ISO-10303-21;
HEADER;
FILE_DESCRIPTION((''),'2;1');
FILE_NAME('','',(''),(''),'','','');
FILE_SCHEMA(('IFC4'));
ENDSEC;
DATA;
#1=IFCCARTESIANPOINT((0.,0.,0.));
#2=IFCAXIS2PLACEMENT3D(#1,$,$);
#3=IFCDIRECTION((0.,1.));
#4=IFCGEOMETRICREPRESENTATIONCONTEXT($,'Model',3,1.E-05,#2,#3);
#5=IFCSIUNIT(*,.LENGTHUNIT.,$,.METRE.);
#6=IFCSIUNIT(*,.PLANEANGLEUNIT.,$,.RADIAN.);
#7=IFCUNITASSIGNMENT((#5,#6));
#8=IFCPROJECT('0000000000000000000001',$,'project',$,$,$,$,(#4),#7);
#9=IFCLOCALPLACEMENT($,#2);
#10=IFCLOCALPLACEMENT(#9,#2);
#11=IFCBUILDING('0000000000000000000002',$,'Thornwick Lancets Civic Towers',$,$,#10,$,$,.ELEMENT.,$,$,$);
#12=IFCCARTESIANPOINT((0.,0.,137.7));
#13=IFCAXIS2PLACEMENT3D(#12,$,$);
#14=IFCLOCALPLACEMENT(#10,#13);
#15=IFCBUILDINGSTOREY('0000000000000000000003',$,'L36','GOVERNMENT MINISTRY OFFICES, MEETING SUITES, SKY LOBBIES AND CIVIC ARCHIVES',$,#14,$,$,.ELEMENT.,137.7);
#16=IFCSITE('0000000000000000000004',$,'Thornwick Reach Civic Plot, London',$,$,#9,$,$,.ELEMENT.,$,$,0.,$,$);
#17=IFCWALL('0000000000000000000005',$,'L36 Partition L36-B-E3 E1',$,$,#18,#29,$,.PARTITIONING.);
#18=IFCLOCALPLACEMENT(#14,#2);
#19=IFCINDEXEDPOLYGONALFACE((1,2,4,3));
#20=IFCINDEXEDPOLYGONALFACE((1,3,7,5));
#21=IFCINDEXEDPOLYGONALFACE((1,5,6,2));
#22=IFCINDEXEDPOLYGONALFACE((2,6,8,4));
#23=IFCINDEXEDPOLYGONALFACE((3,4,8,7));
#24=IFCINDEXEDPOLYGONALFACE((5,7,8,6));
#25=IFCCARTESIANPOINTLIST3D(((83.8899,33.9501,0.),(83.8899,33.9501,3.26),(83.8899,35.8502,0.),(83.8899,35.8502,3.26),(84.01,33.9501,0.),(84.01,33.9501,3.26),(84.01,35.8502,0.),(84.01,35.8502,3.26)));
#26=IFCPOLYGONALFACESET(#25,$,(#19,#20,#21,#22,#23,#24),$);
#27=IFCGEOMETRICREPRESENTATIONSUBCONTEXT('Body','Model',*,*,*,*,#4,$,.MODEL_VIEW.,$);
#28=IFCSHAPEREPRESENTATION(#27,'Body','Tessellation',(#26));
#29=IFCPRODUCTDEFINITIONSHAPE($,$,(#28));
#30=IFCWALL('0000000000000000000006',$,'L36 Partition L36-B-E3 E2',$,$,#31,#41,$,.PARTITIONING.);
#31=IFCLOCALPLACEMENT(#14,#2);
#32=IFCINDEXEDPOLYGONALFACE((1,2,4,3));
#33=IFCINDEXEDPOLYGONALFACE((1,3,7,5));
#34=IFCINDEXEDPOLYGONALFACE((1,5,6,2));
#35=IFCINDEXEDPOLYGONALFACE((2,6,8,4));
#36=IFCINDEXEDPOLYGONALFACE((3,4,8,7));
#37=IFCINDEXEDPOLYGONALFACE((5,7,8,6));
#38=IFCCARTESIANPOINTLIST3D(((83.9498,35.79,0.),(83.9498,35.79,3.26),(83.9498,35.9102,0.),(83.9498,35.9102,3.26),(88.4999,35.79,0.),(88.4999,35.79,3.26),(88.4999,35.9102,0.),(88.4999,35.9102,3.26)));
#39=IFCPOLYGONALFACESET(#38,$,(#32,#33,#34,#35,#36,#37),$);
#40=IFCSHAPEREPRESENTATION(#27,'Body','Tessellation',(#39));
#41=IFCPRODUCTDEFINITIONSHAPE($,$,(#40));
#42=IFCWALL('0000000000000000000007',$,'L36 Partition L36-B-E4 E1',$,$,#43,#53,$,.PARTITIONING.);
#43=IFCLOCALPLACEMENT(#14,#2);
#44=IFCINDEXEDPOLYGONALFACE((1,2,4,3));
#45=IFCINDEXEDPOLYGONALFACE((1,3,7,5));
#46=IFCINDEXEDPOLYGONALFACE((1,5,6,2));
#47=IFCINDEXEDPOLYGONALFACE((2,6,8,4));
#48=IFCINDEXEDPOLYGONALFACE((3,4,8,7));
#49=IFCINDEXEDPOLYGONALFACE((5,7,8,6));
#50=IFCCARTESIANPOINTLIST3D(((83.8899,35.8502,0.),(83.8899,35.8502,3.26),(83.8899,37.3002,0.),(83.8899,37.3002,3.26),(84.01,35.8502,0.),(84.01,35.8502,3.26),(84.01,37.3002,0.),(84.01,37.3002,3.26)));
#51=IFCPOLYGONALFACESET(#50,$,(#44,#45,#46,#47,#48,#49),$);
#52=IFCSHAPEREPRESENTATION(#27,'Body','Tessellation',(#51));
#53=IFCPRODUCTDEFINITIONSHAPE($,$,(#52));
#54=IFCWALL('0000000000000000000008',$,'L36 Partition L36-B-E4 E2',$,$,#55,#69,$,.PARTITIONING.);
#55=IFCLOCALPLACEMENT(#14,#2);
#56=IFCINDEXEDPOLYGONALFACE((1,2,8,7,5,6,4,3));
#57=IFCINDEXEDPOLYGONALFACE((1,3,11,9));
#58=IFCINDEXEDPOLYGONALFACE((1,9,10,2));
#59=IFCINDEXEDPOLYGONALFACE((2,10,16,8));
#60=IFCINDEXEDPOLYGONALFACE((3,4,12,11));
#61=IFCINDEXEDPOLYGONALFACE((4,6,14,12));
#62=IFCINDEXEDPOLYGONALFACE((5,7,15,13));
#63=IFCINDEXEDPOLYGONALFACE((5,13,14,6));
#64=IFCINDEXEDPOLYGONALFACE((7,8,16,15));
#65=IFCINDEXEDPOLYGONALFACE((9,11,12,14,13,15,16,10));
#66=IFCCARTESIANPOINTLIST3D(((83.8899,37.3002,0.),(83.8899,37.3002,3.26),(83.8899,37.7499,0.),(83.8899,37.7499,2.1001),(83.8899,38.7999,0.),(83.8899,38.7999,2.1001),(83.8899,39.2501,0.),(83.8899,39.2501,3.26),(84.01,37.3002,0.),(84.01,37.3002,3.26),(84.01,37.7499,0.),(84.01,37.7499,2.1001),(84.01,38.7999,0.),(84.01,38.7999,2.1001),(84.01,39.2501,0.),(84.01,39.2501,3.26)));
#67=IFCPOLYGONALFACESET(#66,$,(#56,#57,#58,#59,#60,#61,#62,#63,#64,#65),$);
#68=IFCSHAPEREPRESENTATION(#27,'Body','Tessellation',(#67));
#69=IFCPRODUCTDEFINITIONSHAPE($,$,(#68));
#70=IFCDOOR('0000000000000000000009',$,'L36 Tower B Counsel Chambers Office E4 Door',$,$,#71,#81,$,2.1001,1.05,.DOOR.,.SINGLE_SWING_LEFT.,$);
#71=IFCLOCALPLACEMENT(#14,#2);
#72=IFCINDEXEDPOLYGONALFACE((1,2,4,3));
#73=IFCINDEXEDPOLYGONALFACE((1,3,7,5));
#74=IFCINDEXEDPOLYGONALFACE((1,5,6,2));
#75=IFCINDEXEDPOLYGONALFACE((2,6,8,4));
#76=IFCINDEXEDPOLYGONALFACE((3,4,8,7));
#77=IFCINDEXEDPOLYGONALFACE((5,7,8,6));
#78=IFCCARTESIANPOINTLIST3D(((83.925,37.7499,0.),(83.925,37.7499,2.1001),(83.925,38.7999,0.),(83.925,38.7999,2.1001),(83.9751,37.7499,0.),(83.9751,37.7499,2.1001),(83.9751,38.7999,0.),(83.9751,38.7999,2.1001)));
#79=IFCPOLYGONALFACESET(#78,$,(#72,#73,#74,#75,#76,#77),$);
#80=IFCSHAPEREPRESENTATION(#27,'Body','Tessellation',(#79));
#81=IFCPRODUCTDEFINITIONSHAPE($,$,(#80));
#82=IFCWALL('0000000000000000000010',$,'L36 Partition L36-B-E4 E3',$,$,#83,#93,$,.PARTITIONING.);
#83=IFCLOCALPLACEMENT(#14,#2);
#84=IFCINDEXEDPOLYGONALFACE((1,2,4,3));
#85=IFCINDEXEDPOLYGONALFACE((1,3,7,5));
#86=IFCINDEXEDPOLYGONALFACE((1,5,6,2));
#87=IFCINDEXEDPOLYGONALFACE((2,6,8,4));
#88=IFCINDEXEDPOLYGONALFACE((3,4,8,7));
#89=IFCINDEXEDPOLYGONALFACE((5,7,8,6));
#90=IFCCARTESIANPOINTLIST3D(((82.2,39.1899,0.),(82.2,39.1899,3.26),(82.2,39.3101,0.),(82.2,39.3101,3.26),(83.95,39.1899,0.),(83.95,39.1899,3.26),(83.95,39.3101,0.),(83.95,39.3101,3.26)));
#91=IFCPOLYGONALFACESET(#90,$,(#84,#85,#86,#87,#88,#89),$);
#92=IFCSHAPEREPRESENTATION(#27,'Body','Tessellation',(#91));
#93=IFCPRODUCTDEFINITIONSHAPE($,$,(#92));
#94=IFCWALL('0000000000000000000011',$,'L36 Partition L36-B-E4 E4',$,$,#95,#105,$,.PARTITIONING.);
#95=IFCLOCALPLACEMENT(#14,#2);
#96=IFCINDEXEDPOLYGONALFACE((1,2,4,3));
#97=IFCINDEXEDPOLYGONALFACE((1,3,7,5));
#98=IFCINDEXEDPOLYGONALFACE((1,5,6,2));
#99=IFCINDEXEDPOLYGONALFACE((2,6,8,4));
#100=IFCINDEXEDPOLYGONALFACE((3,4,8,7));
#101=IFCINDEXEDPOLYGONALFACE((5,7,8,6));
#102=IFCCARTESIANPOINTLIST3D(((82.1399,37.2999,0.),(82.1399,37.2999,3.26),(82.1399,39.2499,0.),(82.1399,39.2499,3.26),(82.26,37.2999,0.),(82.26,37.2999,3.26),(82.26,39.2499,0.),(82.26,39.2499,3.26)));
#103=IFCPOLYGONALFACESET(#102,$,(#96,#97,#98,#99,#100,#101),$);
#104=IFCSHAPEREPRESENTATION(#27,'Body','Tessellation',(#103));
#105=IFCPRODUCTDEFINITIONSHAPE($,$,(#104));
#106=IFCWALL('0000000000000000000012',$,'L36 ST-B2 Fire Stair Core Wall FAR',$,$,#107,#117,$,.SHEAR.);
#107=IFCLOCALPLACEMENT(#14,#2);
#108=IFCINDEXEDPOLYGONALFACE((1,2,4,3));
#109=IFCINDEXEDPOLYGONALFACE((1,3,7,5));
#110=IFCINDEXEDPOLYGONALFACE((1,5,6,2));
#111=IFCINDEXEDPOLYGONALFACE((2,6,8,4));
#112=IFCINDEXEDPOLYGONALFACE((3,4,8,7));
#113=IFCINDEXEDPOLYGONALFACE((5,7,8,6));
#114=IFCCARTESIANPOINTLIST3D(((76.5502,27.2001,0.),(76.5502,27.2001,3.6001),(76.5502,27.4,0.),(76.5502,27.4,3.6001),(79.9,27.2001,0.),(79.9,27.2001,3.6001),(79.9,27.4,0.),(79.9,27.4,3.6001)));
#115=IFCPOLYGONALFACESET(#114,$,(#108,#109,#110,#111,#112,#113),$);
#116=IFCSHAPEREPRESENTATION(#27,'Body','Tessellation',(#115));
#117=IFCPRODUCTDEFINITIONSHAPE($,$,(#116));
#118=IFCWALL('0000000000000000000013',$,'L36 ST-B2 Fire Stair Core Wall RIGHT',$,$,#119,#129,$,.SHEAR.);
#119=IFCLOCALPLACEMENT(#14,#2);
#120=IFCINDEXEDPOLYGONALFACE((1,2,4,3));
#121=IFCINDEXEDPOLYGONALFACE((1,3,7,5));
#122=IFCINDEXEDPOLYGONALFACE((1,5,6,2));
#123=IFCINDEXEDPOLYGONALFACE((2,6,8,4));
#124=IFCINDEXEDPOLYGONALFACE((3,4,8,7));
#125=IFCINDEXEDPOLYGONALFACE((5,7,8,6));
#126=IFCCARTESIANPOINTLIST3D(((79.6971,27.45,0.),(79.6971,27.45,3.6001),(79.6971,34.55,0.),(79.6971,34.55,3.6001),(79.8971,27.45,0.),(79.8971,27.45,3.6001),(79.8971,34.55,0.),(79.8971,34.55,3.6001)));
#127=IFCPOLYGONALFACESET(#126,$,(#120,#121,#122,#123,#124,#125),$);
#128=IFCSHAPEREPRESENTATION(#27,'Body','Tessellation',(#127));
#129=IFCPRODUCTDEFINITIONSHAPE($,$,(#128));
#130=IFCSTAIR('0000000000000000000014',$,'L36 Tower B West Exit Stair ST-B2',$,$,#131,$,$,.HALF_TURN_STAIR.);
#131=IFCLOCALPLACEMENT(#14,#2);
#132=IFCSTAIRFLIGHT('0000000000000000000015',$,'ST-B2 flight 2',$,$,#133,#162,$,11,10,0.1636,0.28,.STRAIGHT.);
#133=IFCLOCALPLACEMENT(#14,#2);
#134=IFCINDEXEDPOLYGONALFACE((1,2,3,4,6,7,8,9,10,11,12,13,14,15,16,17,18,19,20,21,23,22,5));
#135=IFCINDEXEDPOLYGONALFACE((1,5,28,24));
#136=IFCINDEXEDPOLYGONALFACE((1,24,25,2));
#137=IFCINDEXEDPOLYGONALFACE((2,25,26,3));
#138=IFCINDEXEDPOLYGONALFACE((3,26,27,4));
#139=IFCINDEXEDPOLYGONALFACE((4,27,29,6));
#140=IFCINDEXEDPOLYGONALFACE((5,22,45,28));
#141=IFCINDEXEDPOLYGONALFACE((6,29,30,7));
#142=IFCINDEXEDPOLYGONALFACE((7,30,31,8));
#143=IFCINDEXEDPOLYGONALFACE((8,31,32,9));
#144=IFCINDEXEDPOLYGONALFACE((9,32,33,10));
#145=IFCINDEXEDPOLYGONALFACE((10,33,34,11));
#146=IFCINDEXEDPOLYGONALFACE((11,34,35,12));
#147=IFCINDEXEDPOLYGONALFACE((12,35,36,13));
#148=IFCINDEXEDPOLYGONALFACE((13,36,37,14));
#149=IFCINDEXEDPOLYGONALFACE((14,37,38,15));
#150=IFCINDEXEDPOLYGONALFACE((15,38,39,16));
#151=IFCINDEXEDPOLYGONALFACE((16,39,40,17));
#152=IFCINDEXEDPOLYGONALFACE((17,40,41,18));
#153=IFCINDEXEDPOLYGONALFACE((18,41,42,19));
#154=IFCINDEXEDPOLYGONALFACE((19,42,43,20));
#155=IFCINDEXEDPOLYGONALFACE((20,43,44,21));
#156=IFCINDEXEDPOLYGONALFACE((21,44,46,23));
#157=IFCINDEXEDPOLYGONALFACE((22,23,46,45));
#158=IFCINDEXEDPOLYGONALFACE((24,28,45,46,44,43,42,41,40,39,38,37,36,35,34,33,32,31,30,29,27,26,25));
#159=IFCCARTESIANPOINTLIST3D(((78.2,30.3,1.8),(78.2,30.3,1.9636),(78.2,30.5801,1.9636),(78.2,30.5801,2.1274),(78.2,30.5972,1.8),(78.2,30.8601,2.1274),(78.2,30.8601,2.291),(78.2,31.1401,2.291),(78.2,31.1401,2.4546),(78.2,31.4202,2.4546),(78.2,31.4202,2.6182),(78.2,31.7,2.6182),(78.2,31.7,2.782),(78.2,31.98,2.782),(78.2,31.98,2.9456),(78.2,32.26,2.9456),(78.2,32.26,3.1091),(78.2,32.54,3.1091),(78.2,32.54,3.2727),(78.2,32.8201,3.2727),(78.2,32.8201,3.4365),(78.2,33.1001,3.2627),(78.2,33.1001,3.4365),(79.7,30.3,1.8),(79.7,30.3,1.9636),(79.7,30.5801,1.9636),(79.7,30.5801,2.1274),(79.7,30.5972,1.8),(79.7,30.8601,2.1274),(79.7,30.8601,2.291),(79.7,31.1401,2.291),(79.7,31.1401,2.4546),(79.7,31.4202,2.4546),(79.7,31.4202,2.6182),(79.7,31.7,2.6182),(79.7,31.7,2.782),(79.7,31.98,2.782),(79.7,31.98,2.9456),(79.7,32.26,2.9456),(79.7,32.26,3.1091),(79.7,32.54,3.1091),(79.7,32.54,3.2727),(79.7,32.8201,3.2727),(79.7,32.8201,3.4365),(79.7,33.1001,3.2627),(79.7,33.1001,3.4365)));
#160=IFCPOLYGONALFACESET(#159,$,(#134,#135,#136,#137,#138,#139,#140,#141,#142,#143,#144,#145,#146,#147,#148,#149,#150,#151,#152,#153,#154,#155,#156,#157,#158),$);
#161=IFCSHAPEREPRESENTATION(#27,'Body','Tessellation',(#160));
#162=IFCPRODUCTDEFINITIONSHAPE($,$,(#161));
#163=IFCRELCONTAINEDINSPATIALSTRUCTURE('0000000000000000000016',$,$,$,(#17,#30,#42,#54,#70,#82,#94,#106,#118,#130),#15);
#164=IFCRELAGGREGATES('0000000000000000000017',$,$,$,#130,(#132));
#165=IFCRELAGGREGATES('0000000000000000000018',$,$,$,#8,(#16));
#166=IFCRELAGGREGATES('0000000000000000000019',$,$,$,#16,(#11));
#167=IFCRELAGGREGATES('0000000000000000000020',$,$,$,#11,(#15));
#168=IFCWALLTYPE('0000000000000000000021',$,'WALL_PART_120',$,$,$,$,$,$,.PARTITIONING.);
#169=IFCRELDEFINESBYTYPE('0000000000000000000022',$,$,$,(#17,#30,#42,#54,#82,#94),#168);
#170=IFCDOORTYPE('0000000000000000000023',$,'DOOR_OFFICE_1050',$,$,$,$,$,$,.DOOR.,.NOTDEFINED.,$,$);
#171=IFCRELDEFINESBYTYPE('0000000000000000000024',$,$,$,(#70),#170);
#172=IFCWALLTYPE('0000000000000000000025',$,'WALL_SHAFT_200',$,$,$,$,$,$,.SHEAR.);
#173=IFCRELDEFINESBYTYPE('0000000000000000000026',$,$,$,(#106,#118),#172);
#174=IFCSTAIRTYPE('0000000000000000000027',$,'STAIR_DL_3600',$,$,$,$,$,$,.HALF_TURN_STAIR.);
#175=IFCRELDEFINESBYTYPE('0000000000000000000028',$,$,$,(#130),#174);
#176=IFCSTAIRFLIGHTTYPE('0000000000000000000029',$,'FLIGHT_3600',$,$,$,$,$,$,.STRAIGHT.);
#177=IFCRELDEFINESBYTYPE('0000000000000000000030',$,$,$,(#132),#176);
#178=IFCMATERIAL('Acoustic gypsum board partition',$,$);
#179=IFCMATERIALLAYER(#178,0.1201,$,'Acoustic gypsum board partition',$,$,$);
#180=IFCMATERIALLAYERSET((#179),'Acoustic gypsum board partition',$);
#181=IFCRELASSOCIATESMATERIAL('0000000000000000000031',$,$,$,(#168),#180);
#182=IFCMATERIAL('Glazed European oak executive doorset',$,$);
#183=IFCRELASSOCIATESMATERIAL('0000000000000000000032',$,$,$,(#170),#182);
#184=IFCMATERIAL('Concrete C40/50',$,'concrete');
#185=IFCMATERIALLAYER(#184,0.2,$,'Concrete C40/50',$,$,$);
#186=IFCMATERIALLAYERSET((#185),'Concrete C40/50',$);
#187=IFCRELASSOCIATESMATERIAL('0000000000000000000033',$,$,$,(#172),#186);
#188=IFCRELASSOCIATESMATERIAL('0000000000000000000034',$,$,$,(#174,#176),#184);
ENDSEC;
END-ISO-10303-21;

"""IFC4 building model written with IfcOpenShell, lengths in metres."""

from ifc_helpers import new_model, si_unit, direction, frame, frame_2d, origin, place, context, subcontext, project, spatial, polyline, rectangle, outline, extrude, material, layer, layer_set, type_object, element, fill, aggregate, save


model = new_model("IFC4")

# Units and contexts
model_context = context("Model", 3, precision=1e-05, world=origin(), true_north=direction((0.0, 1.0)))
body_context = subcontext(model_context, "Body", "Model", "MODEL_VIEW")
ifc_project = project(units=[si_unit("LENGTHUNIT", "METRE"), si_unit("PLANEANGLEUNIT", "RADIAN")], contexts=[model_context])

# Site, building, storey
site_placement = place(None, origin())
site = spatial("IfcSite", under=ifc_project, at=site_placement, Name="Thornwick Reach Civic Plot, London", CompositionType="ELEMENT", RefElevation=0.0)
building_placement = place(site_placement, origin())
building = spatial("IfcBuilding", under=site, at=building_placement, Name="Thornwick Lancets Civic Towers", CompositionType="ELEMENT")
storey_placement = place(building_placement, frame((0.0, 0.0, 137.7)))
storey = spatial("IfcBuildingStorey", under=building, at=storey_placement, Name="L36", Description="GOVERNMENT MINISTRY OFFICES, MEETING SUITES, SKY LOBBIES AND CIVIC ARCHIVES", CompositionType="ELEMENT", Elevation=137.7)

# Walls
ifc_material_1 = material(Name="Acoustic gypsum board partition")
ifc_layer_1 = layer(ifc_material_1, 0.1201, Name="Acoustic gypsum board partition")
ifc_layer_set_1 = layer_set([ifc_layer_1], Name="Acoustic gypsum board partition")
wall_type_1 = type_object("IfcWallType", Name="WALL_PART_120", PredefinedType="PARTITIONING", material=ifc_layer_set_1)
wall_1_placement = place(storey_placement, frame((83.95, 33.95, 0.0), z_axis=(0.0, 0.0, 1.0), x_axis=(0.0, 1.0, 0.0)))
element("IfcWall", 1, at=wall_1_placement, inside=storey, type_object=wall_type_1, Name="L36 Partition L36-B-E3 E1", PredefinedType="PARTITIONING", context=body_context, shape_type="SweptSolid", body=[
    extrude(rectangle(XDim=1.9001, YDim=0.1201, at=frame_2d((0.9502, 0.0))), origin(), (0.0, 0.0, 1.0), 3.26),
])
wall_2_placement = place(storey_placement, frame((83.95, 35.8501, 0.0), z_axis=(0.0, 0.0, 1.0), x_axis=(1.0, 0.0, 0.0)))
element("IfcWall", 2, at=wall_2_placement, inside=storey, type_object=wall_type_1, Name="L36 Partition L36-B-E3 E2", PredefinedType="PARTITIONING", context=body_context, shape_type="SweptSolid", body=[
    extrude(rectangle(XDim=4.55, YDim=0.1201, at=frame_2d((2.2749, 0.0))), origin(), (0.0, 0.0, 1.0), 3.26),
])
wall_3_placement = place(storey_placement, frame((83.95, 35.8501, 0.0), z_axis=(0.0, 0.0, 1.0), x_axis=(0.0, 1.0, 0.0)))
element("IfcWall", 3, at=wall_3_placement, inside=storey, type_object=wall_type_1, Name="L36 Partition L36-B-E4 E1", PredefinedType="PARTITIONING", context=body_context, shape_type="SweptSolid", body=[
    extrude(rectangle(XDim=1.45, YDim=0.1201, at=frame_2d((0.7251, 0.0))), origin(), (0.0, 0.0, 1.0), 3.26),
])

# Wall, opening, door
wall_4_placement = place(storey_placement, frame((83.95, 37.3, 0.0), z_axis=(0.0, 0.0, 1.0), x_axis=(0.0, 1.0, 0.0)))
wall_4 = element("IfcWall", 4, at=wall_4_placement, inside=storey, type_object=wall_type_1, Name="L36 Partition L36-B-E4 E2", PredefinedType="PARTITIONING", context=body_context, shape_type="SweptSolid", body=[
    extrude(rectangle(XDim=1.95, YDim=0.1201, at=frame_2d((0.9751, 0.0))), origin(), (0.0, 0.0, 1.0), 3.26),
])
opening_1_placement = place(wall_4_placement, frame((0.45, 0.0, 0.0)))
opening_1 = element("IfcOpeningElement", 5, at=opening_1_placement, cuts=wall_4, PredefinedType="OPENING", context=body_context, shape_type="SweptSolid", body=[
    extrude(rectangle(XDim=1.05, YDim=2.1001, at=frame_2d((0.5249, 1.05))), frame((0.0, 0.0701, 0.0), z_axis=(0.0, -1.0, 0.0), x_axis=(1.0, 0.0, 0.0)), (0.0, 0.0, 1.0), 0.1401),
])
ifc_material_2 = material(Name="Glazed European oak executive doorset")
door_type_1 = type_object("IfcDoorType", Name="DOOR_OFFICE_1050", OperationType="NOTDEFINED", PredefinedType="DOOR", material=ifc_material_2)
door_1_placement = place(opening_1_placement, origin())
door_1 = element("IfcDoor", 6, at=door_1_placement, inside=storey, type_object=door_type_1, Name="L36 Tower B Counsel Chambers Office E4 Door", OperationType="SINGLE_SWING_LEFT", OverallHeight=2.1001, OverallWidth=1.05, PredefinedType="DOOR", context=body_context, shape_type="SweptSolid", body=[
    extrude(rectangle(XDim=1.05, YDim=2.1001, at=frame_2d((0.5249, 1.05))), frame((0.0, 0.0249, 0.0), z_axis=(0.0, -1.0, 0.0), x_axis=(1.0, 0.0, 0.0)), (0.0, 0.0, 1.0), 0.05),
])
fill(opening_1, door_1)

# Walls
wall_5_placement = place(storey_placement, frame((83.95, 39.25, 0.0), z_axis=(0.0, 0.0, 1.0), x_axis=(-1.0, 0.0, 0.0)))
element("IfcWall", 7, at=wall_5_placement, inside=storey, type_object=wall_type_1, Name="L36 Partition L36-B-E4 E3", PredefinedType="PARTITIONING", context=body_context, shape_type="SweptSolid", body=[
    extrude(rectangle(XDim=1.75, YDim=0.1201, at=frame_2d((0.875, 0.0))), origin(), (0.0, 0.0, 1.0), 3.26),
])
wall_6_placement = place(storey_placement, frame((82.2, 39.25, 0.0), z_axis=(0.0, 0.0, 1.0), x_axis=(0.0, -1.0, 0.0)))
element("IfcWall", 8, at=wall_6_placement, inside=storey, type_object=wall_type_1, Name="L36 Partition L36-B-E4 E4", PredefinedType="PARTITIONING", context=body_context, shape_type="SweptSolid", body=[
    extrude(rectangle(XDim=1.95, YDim=0.1201, at=frame_2d((0.9751, 0.0))), origin(), (0.0, 0.0, 1.0), 3.26),
])
ifc_material_3 = material(Name="Concrete C40/50", Category="concrete")
ifc_layer_2 = layer(ifc_material_3, 0.2, Name="Concrete C40/50")
ifc_layer_set_2 = layer_set([ifc_layer_2], Name="Concrete C40/50")
wall_type_2 = type_object("IfcWallType", Name="WALL_SHAFT_200", PredefinedType="SHEAR", material=ifc_layer_set_2)
wall_7_placement = place(storey_placement, frame((79.8999, 27.3, 0.0), z_axis=(0.0, 0.0, 1.0), x_axis=(-1.0, 0.0, 0.0)))
element("IfcWall", 9, at=wall_7_placement, inside=storey, type_object=wall_type_2, Name="L36 ST-B2 Fire Stair Core Wall FAR", PredefinedType="SHEAR", context=body_context, shape_type="SweptSolid", body=[
    extrude(rectangle(XDim=3.3499, YDim=0.2, at=frame_2d((1.6748, 0.0))), origin(), (0.0, 0.0, 1.0), 3.6001),
])
wall_8_placement = place(storey_placement, frame((79.7971, 27.45, 0.0), z_axis=(0.0, 0.0, 1.0), x_axis=(0.0, 1.0, 0.0)))
element("IfcWall", 10, at=wall_8_placement, inside=storey, type_object=wall_type_2, Name="L36 ST-B2 Fire Stair Core Wall RIGHT", PredefinedType="SHEAR", context=body_context, shape_type="SweptSolid", body=[
    extrude(rectangle(XDim=7.1001, YDim=0.2, at=frame_2d((3.55, 0.0))), origin(), (0.0, 0.0, 1.0), 3.6001),
])

# Stair, stair flight
stair_type = type_object("IfcStairType", Name="STAIR_DL_3600", PredefinedType="HALF_TURN_STAIR", material=ifc_material_3)
stair_placement = place(storey_placement, origin())
stair = element("IfcStair", 11, at=stair_placement, inside=storey, type_object=stair_type, Name="L36 Tower B West Exit Stair ST-B2", PredefinedType="HALF_TURN_STAIR")
stair_flight_type = type_object("IfcStairFlightType", Name="FLIGHT_3600", PredefinedType="STRAIGHT", material=ifc_material_3)
stair_flight_placement = place(storey_placement, frame((78.95, 30.3, 1.8), z_axis=(0.0, 0.0, 1.0), x_axis=(0.0, 1.0, 0.0)))
stair_flight = element("IfcStairFlight", 12, at=stair_flight_placement, type_object=stair_flight_type, Name="ST-B2 flight 2", NumberOfRisers=11, NumberOfTreads=10, PredefinedType="STRAIGHT", RiserHeight=0.1636, TreadLength=0.28, context=body_context, shape_type="SweptSolid", body=[
    extrude(outline(polyline([(0.0, 0.0), (0.0, 0.1636), (0.28, 0.1636), (0.28, 0.3274), (0.5601, 0.3274), (0.5601, 0.491), (0.8401, 0.491), (0.8401, 0.6545), (1.1201, 0.6545), (1.1201, 0.8181), (1.3999, 0.8181), (1.3999, 0.9819), (1.6799, 0.9819), (1.6799, 1.1455), (1.96, 1.1455), (1.96, 1.3091), (2.24, 1.3091), (2.24, 1.4727), (2.52, 1.4727), (2.52, 1.6365), (2.8, 1.6365), (2.8, 1.8), (2.8, 1.4626), (0.2971, 0.0), (0.0, 0.0)])), frame((0.0, 0.75, 0.0), z_axis=(0.0, -1.0, 0.0), x_axis=(1.0, 0.0, 0.0)), (0.0, 0.0, 1.0), 1.5),
])
aggregate(stair, [stair_flight])

save(model, "model.ifc")
